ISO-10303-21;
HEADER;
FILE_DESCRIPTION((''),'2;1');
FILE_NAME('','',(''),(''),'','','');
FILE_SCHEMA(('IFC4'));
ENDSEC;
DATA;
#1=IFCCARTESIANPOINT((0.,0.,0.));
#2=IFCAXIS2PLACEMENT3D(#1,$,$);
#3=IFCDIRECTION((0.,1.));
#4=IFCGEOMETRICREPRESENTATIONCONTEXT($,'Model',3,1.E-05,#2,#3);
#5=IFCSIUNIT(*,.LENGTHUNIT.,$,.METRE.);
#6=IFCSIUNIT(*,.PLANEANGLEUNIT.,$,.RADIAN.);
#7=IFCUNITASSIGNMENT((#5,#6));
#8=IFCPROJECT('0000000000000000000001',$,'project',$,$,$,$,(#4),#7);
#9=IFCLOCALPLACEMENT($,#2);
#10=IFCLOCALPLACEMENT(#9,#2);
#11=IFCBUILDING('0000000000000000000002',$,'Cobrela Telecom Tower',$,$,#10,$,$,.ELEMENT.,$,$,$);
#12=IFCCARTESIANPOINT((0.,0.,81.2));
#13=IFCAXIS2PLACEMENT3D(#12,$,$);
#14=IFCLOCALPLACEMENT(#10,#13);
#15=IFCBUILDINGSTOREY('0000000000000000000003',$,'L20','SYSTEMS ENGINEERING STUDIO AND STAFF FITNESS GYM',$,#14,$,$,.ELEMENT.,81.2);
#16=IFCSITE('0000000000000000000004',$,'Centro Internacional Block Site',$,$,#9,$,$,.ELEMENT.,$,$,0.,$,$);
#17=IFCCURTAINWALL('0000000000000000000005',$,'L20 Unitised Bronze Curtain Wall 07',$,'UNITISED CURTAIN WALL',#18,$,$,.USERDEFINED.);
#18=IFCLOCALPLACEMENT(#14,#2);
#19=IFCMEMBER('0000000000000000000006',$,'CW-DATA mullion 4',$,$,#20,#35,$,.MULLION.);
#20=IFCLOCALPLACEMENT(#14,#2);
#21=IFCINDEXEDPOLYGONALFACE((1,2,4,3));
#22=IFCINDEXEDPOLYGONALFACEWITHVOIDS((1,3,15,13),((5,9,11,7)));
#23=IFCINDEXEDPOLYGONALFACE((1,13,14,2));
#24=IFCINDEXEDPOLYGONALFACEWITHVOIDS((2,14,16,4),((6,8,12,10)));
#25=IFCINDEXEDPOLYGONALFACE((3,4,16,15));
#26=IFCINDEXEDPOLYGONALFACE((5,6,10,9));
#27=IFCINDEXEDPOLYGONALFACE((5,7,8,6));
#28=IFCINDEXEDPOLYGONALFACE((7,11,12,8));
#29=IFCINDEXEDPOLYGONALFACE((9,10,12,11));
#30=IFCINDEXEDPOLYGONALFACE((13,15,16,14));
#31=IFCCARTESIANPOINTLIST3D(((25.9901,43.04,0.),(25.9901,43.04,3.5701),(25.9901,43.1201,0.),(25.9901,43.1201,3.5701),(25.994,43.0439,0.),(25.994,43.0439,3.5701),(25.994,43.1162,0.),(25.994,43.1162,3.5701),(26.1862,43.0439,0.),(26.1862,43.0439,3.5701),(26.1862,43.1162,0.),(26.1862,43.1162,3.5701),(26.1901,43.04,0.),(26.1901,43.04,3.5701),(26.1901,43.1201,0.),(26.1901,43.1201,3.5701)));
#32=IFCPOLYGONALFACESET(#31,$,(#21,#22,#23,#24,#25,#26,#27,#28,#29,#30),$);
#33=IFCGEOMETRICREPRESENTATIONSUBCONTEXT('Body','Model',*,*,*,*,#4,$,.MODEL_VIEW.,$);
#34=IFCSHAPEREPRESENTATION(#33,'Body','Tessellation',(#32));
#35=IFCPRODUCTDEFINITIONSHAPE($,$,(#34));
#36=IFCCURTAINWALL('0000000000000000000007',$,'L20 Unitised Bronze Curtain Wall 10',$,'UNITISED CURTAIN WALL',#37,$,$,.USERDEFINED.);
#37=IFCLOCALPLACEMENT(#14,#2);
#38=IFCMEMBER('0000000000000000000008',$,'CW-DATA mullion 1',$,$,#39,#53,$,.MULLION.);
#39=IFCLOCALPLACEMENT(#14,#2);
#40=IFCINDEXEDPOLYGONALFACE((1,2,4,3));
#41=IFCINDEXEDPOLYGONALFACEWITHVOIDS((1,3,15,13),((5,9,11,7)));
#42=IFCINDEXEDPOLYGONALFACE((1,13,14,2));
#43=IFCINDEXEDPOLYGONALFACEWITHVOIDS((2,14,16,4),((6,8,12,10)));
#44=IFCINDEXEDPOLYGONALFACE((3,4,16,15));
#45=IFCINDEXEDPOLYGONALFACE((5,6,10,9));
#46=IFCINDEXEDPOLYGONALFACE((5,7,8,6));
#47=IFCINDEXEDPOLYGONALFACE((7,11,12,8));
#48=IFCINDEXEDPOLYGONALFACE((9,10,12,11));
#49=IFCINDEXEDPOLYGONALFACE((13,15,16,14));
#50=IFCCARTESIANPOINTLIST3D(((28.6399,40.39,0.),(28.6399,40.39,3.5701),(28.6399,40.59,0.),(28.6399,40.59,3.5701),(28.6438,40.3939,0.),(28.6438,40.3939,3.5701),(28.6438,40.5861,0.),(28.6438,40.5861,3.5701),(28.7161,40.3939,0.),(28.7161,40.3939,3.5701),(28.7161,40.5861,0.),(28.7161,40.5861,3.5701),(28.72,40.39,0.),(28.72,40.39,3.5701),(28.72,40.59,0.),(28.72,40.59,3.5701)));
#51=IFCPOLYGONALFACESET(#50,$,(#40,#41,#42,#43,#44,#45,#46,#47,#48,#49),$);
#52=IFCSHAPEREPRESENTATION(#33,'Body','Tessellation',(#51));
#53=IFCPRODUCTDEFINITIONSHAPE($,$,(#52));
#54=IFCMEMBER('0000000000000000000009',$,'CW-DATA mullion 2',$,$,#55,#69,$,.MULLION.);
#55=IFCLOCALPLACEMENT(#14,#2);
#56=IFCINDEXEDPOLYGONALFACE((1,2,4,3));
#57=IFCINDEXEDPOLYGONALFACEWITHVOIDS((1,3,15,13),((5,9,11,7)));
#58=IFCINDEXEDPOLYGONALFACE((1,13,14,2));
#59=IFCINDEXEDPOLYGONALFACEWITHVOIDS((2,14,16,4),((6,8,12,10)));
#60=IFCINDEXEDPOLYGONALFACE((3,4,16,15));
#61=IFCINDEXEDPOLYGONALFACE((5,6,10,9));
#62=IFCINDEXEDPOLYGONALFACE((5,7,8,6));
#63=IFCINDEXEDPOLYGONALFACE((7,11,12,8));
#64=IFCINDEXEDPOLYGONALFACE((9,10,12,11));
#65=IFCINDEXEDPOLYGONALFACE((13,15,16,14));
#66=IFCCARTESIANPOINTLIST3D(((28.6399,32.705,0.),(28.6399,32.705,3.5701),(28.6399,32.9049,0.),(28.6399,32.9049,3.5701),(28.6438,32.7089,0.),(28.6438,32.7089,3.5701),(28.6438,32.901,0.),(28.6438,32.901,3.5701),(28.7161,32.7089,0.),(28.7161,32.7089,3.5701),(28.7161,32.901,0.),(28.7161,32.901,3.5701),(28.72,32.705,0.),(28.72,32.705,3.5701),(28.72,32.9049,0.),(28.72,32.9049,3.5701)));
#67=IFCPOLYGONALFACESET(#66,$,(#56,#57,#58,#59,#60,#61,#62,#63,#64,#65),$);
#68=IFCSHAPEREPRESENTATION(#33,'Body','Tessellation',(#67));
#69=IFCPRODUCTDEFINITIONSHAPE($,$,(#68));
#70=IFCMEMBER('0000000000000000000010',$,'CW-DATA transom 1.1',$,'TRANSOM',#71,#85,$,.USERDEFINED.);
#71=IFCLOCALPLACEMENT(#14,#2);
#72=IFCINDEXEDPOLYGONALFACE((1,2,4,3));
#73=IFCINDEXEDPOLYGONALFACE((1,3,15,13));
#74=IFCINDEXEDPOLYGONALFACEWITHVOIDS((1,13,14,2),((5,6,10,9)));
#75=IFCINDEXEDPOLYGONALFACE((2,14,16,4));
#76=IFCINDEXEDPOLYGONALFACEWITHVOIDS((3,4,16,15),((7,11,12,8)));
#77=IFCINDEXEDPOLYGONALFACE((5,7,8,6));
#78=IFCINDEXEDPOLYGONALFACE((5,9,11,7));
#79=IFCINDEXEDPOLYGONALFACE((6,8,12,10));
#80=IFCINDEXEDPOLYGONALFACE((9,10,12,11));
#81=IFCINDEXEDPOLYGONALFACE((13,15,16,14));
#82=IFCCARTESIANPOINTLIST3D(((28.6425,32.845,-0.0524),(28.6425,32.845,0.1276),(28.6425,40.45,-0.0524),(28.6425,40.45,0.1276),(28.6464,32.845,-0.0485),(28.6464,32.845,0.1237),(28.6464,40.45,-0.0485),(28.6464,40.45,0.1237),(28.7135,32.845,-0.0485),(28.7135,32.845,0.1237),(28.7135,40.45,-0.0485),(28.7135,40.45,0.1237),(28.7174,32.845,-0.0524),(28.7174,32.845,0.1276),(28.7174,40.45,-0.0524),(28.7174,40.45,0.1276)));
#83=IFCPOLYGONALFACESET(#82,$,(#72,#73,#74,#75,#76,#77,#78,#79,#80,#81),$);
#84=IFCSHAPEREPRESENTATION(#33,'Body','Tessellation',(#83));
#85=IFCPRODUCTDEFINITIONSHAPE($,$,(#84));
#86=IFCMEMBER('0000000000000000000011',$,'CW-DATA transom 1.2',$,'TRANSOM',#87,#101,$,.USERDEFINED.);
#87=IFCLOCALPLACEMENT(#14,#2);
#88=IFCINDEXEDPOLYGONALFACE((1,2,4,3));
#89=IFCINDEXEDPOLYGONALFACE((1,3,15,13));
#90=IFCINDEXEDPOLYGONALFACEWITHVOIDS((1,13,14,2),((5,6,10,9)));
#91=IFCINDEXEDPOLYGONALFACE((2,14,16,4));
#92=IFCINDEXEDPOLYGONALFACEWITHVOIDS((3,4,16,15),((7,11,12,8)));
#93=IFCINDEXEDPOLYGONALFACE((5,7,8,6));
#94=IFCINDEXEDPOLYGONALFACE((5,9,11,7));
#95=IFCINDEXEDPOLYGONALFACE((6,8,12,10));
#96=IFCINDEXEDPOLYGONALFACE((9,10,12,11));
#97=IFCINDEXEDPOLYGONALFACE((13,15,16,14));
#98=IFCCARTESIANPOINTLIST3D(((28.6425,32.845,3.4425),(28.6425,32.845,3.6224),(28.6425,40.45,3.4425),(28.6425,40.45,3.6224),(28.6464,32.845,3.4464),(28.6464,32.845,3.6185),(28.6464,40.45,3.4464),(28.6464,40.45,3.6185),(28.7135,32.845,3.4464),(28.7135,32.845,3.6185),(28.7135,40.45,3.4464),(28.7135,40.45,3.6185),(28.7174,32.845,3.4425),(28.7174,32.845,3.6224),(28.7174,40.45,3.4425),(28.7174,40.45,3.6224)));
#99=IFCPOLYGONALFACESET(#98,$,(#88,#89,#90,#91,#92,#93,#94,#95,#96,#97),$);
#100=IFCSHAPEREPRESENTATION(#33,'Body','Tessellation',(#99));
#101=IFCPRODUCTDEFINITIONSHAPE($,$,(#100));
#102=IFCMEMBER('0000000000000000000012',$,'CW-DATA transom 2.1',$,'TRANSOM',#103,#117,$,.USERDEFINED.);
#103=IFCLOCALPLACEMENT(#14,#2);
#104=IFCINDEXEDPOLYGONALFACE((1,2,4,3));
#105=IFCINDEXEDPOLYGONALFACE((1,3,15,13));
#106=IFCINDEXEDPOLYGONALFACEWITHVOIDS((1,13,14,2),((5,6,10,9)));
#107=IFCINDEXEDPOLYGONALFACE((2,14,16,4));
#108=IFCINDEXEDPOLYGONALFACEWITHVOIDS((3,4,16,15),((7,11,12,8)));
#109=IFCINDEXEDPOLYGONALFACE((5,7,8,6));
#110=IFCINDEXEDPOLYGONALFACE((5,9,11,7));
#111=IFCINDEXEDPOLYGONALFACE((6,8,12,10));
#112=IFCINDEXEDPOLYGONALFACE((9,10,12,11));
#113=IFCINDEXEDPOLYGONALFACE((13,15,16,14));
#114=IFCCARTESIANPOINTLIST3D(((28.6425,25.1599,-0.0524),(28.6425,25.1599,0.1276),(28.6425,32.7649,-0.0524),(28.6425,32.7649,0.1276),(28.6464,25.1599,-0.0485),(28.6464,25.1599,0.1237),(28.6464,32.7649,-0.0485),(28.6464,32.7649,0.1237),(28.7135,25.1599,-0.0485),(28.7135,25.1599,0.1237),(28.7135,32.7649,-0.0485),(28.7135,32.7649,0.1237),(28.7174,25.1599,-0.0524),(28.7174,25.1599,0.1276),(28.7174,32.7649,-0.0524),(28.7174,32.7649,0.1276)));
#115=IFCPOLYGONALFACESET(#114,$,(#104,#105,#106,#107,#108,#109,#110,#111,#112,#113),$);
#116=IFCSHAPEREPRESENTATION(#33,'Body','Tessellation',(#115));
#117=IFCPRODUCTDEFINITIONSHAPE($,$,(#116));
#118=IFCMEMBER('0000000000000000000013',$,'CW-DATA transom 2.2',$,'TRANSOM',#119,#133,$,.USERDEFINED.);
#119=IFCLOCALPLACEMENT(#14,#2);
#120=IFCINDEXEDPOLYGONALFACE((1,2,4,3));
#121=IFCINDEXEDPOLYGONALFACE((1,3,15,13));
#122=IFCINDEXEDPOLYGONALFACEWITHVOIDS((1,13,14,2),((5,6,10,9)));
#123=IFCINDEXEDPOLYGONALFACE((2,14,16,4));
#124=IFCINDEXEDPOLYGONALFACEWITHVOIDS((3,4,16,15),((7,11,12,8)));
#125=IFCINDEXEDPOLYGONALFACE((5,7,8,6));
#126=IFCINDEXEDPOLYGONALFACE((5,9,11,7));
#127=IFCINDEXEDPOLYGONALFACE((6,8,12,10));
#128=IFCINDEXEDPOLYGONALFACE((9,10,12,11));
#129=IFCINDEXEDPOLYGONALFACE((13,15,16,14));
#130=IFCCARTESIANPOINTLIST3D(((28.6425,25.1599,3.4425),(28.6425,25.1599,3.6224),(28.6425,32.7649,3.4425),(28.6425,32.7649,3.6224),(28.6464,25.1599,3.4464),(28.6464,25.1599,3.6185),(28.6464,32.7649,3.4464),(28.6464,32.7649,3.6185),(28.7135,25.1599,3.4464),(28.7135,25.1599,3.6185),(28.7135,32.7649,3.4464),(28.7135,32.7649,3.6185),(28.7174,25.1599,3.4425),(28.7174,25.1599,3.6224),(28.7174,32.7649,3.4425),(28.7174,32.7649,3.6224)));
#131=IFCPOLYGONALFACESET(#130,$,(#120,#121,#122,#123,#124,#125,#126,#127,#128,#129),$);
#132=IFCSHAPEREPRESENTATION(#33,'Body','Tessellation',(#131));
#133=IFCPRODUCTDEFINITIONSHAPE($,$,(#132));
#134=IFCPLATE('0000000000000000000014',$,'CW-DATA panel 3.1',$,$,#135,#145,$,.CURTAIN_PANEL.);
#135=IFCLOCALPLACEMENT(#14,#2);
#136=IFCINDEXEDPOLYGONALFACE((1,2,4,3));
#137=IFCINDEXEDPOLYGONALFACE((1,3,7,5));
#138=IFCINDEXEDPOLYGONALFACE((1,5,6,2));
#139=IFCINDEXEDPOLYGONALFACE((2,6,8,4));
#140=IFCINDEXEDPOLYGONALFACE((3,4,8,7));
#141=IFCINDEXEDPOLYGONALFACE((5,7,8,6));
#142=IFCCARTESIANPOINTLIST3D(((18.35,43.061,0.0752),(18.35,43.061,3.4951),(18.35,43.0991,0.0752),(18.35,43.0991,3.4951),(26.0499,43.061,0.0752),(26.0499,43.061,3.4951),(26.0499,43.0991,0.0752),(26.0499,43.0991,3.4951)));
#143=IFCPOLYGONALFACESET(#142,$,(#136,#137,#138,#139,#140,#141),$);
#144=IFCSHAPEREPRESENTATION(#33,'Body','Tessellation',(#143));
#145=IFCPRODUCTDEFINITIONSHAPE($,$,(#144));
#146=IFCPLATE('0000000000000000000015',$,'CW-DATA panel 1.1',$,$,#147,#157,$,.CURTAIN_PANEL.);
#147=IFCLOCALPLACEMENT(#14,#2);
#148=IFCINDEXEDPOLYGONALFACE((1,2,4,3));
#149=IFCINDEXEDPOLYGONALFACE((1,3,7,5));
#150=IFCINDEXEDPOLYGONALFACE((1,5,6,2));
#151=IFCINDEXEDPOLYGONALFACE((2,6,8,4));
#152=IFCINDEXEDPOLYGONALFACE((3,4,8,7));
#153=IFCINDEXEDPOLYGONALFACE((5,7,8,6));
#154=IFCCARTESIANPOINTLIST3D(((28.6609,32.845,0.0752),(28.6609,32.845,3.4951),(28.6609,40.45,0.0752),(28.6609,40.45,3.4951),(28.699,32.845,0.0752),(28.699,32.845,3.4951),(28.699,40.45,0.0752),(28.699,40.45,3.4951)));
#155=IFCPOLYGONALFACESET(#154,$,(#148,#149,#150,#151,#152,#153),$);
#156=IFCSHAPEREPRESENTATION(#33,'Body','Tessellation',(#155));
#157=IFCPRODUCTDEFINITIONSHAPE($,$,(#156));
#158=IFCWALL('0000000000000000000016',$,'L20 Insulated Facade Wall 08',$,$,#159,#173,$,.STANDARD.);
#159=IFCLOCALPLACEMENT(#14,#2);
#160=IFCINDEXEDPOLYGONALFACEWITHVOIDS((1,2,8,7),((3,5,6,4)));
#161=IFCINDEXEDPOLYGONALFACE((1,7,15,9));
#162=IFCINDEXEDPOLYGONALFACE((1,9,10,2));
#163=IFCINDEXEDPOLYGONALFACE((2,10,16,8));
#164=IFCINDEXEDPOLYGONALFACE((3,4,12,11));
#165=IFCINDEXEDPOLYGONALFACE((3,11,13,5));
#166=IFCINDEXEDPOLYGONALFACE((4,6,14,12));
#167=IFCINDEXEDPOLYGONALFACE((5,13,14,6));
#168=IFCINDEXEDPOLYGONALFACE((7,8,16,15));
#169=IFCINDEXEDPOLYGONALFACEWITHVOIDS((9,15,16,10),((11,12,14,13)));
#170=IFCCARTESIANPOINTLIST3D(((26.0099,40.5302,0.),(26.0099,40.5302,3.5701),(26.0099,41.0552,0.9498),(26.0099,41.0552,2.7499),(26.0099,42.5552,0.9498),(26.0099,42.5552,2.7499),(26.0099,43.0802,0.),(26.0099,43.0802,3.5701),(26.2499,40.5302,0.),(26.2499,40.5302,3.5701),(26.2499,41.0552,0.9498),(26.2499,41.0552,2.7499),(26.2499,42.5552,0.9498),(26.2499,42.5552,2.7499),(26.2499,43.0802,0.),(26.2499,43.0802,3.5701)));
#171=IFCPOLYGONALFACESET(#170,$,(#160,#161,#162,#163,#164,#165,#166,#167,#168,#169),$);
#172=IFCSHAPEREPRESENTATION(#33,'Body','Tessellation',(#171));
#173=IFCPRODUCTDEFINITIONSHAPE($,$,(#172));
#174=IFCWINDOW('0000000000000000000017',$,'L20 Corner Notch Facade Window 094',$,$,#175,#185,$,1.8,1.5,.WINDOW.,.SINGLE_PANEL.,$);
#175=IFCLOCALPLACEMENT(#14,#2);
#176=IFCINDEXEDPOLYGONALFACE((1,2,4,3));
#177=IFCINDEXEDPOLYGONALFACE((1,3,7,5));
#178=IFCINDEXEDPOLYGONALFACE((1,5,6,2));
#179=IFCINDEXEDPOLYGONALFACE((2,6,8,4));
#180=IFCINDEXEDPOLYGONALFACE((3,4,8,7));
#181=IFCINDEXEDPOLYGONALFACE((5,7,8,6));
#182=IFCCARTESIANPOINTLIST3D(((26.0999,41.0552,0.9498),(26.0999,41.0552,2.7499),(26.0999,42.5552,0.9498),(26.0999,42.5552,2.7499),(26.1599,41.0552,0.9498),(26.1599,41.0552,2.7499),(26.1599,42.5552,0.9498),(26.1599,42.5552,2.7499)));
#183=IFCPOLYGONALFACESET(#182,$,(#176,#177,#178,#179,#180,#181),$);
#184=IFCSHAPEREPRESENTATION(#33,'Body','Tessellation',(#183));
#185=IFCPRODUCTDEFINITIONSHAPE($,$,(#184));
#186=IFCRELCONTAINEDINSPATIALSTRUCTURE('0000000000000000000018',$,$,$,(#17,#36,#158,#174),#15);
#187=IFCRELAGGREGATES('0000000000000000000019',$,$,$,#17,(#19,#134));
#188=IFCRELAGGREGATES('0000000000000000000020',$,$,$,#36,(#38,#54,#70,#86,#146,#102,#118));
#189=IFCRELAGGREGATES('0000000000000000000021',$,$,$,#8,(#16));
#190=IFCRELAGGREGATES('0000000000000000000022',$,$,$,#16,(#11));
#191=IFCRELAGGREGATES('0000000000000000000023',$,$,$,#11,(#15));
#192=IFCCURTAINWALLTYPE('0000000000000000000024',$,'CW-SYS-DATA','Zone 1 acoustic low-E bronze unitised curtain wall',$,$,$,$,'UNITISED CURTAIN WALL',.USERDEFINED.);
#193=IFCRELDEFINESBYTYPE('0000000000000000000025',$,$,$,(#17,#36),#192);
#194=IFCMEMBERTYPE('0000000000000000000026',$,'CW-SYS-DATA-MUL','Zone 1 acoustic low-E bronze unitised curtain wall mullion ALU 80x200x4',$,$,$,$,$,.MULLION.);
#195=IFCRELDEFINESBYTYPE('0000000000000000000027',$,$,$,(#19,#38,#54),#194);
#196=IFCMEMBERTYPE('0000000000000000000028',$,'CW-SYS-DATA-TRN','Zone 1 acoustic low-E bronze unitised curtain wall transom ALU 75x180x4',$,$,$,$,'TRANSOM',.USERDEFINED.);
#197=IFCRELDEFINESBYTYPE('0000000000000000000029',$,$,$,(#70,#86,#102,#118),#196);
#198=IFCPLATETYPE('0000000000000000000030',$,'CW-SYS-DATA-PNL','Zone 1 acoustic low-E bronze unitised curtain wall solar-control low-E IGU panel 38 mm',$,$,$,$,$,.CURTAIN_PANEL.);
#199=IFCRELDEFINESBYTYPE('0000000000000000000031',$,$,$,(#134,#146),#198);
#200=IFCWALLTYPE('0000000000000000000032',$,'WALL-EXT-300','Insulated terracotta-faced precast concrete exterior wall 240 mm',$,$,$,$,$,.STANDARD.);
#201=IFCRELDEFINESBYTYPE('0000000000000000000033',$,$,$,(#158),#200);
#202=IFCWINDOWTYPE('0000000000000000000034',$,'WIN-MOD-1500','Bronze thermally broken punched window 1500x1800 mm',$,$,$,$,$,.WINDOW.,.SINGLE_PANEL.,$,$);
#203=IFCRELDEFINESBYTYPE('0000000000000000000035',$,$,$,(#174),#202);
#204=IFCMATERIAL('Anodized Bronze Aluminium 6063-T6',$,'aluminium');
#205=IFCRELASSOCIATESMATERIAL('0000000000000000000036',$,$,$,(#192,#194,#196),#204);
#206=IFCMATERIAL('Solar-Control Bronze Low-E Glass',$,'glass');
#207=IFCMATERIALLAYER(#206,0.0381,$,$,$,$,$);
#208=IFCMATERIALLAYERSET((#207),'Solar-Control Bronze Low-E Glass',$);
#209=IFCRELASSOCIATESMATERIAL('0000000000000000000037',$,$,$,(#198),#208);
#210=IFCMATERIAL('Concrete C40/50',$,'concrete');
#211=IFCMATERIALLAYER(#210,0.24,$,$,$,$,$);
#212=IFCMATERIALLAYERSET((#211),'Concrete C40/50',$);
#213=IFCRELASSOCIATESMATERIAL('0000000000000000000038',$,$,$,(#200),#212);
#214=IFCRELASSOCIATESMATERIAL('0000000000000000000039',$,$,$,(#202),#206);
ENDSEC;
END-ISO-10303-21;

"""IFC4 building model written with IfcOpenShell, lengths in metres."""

from ifc_helpers import new_model, si_unit, direction, frame, frame_2d, origin, origin_2d, place, context, subcontext, project, spatial, rectangle, hollow_rectangle, extrude, material, layer, layer_set, material_profile, profile_set, type_object, element, fill, aggregate, save


model = new_model("IFC4")

# Units and contexts
model_context = context("Model", 3, precision=1e-05, world=origin(), true_north=direction((0.0, 1.0)))
body_context = subcontext(model_context, "Body", "Model", "MODEL_VIEW")
ifc_project = project(units=[si_unit("LENGTHUNIT", "METRE"), si_unit("PLANEANGLEUNIT", "RADIAN")], contexts=[model_context])

# Site, building, storey
site_placement = place(None, origin())
site = spatial("IfcSite", under=ifc_project, at=site_placement, Name="Centro Internacional Block Site", CompositionType="ELEMENT", RefElevation=0.0)
building_placement = place(site_placement, origin())
building = spatial("IfcBuilding", under=site, at=building_placement, Name="Cobrela Telecom Tower", CompositionType="ELEMENT")
storey_placement = place(building_placement, frame((0.0, 0.0, 81.2)))
storey = spatial("IfcBuildingStorey", under=building, at=storey_placement, Name="L20", Description="SYSTEMS ENGINEERING STUDIO AND STAFF FITNESS GYM", CompositionType="ELEMENT", Elevation=81.2)

# Curtain wall, member
ifc_material_1 = material(Name="Anodized Bronze Aluminium 6063-T6", Category="aluminium")
curtain_wall_type = type_object("IfcCurtainWallType", Name="CW-SYS-DATA", Description="Zone 1 acoustic low-E bronze unitised curtain wall", ElementType="UNITISED CURTAIN WALL", PredefinedType="USERDEFINED", material=ifc_material_1)
curtain_wall_1_placement = place(storey_placement, origin())
curtain_wall_1 = element("IfcCurtainWall", 1, at=curtain_wall_1_placement, inside=storey, type_object=curtain_wall_type, Name="L20 Unitised Bronze Curtain Wall 07", ObjectType="UNITISED CURTAIN WALL", PredefinedType="USERDEFINED")
ifc_material_profile_1 = material_profile(ifc_material_1, hollow_rectangle(XDim=0.0801, YDim=0.2, WallThickness=0.0039, at=origin_2d()), Name="ALU 80x200x4")
ifc_profile_set_1 = profile_set([ifc_material_profile_1], Name="Anodized Bronze Aluminium 6063-T6")
member_type_1 = type_object("IfcMemberType", Name="CW-SYS-DATA-MUL", Description="Zone 1 acoustic low-E bronze unitised curtain wall mullion ALU 80x200x4", PredefinedType="MULLION", material=ifc_profile_set_1)
member_1_placement = place(storey_placement, frame((26.0901, 43.0801, 0.0), z_axis=(0.0, 0.0, 1.0), x_axis=(0.0, 1.0, 0.0)))
member_1 = element("IfcMember", 2, at=member_1_placement, type_object=member_type_1, Name="CW-DATA mullion 4", PredefinedType="MULLION", context=body_context, shape_type="SweptSolid", body=[
    extrude(hollow_rectangle(XDim=0.0801, YDim=0.2, WallThickness=0.0039, at=origin_2d()), origin(), (0.0, 0.0, 1.0), 3.5701),
])

# Curtain wall, members
curtain_wall_2_placement = place(storey_placement, origin())
curtain_wall_2 = element("IfcCurtainWall", 3, at=curtain_wall_2_placement, inside=storey, type_object=curtain_wall_type, Name="L20 Unitised Bronze Curtain Wall 10", ObjectType="UNITISED CURTAIN WALL", PredefinedType="USERDEFINED")
member_2_placement = place(storey_placement, frame((28.6799, 40.49, 0.0), z_axis=(0.0, 0.0, 1.0), x_axis=(1.0, 0.0, 0.0)))
member_2 = element("IfcMember", 4, at=member_2_placement, type_object=member_type_1, Name="CW-DATA mullion 1", PredefinedType="MULLION", context=body_context, shape_type="SweptSolid", body=[
    extrude(hollow_rectangle(XDim=0.0801, YDim=0.2, WallThickness=0.0039, at=origin_2d()), origin(), (0.0, 0.0, 1.0), 3.5701),
])
member_3_placement = place(storey_placement, frame((28.6799, 32.8049, 0.0), z_axis=(0.0, 0.0, 1.0), x_axis=(1.0, 0.0, 0.0)))
member_3 = element("IfcMember", 5, at=member_3_placement, type_object=member_type_1, Name="CW-DATA mullion 2", PredefinedType="MULLION", context=body_context, shape_type="SweptSolid", body=[
    extrude(hollow_rectangle(XDim=0.0801, YDim=0.2, WallThickness=0.0039, at=origin_2d()), origin(), (0.0, 0.0, 1.0), 3.5701),
])
ifc_material_profile_2 = material_profile(ifc_material_1, hollow_rectangle(XDim=0.075, YDim=0.1799, WallThickness=0.0039, at=origin_2d()), Name="ALU 75x180x4")
ifc_profile_set_2 = profile_set([ifc_material_profile_2], Name="Anodized Bronze Aluminium 6063-T6")
member_type_2 = type_object("IfcMemberType", Name="CW-SYS-DATA-TRN", Description="Zone 1 acoustic low-E bronze unitised curtain wall transom ALU 75x180x4", ElementType="TRANSOM", PredefinedType="USERDEFINED", material=ifc_profile_set_2)
member_4_placement = place(storey_placement, frame((28.6799, 40.45, 0.0376), z_axis=(0.0, -1.0, 0.0), x_axis=(1.0, 0.0, 0.0)))
member_4 = element("IfcMember", 6, at=member_4_placement, type_object=member_type_2, Name="CW-DATA transom 1.1", ObjectType="TRANSOM", PredefinedType="USERDEFINED", context=body_context, shape_type="SweptSolid", body=[
    extrude(hollow_rectangle(XDim=0.075, YDim=0.1799, WallThickness=0.0039, at=origin_2d()), origin(), (0.0, 0.0, 1.0), 7.605),
])
member_5_placement = place(storey_placement, frame((28.6799, 40.45, 3.5325), z_axis=(0.0, -1.0, 0.0), x_axis=(1.0, 0.0, 0.0)))
member_5 = element("IfcMember", 7, at=member_5_placement, type_object=member_type_2, Name="CW-DATA transom 1.2", ObjectType="TRANSOM", PredefinedType="USERDEFINED", context=body_context, shape_type="SweptSolid", body=[
    extrude(hollow_rectangle(XDim=0.075, YDim=0.1799, WallThickness=0.0039, at=origin_2d()), origin(), (0.0, 0.0, 1.0), 7.605),
])
member_6_placement = place(storey_placement, frame((28.6799, 32.7649, 0.0376), z_axis=(0.0, -1.0, 0.0), x_axis=(1.0, 0.0, 0.0)))
member_6 = element("IfcMember", 8, at=member_6_placement, type_object=member_type_2, Name="CW-DATA transom 2.1", ObjectType="TRANSOM", PredefinedType="USERDEFINED", context=body_context, shape_type="SweptSolid", body=[
    extrude(hollow_rectangle(XDim=0.075, YDim=0.1799, WallThickness=0.0039, at=origin_2d()), origin(), (0.0, 0.0, 1.0), 7.605),
])
member_7_placement = place(storey_placement, frame((28.6799, 32.7649, 3.5325), z_axis=(0.0, -1.0, 0.0), x_axis=(1.0, 0.0, 0.0)))
member_7 = element("IfcMember", 9, at=member_7_placement, type_object=member_type_2, Name="CW-DATA transom 2.2", ObjectType="TRANSOM", PredefinedType="USERDEFINED", context=body_context, shape_type="SweptSolid", body=[
    extrude(hollow_rectangle(XDim=0.075, YDim=0.1799, WallThickness=0.0039, at=origin_2d()), origin(), (0.0, 0.0, 1.0), 7.605),
])

# Plates
ifc_material_2 = material(Name="Solar-Control Bronze Low-E Glass", Category="glass")
ifc_layer_1 = layer(ifc_material_2, 0.0381)
ifc_layer_set_1 = layer_set([ifc_layer_1], Name="Solar-Control Bronze Low-E Glass")
plate_type = type_object("IfcPlateType", Name="CW-SYS-DATA-PNL", Description="Zone 1 acoustic low-E bronze unitised curtain wall solar-control low-E IGU panel 38 mm", PredefinedType="CURTAIN_PANEL", material=ifc_layer_set_1)
plate_1_placement = place(storey_placement, frame((22.2, 43.0801, 0.0752), z_axis=(0.0, 0.0, 1.0), x_axis=(1.0, 0.0, 0.0)))
plate_1 = element("IfcPlate", 10, at=plate_1_placement, type_object=plate_type, Name="CW-DATA panel 3.1", PredefinedType="CURTAIN_PANEL", context=body_context, shape_type="SweptSolid", body=[
    extrude(rectangle(XDim=7.7, YDim=0.0381, at=origin_2d()), origin(), (0.0, 0.0, 1.0), 3.4199),
])
aggregate(curtain_wall_1, [member_1, plate_1])
plate_2_placement = place(storey_placement, frame((28.6799, 36.6475, 0.0752), z_axis=(0.0, 0.0, 1.0), x_axis=(0.0, -1.0, 0.0)))
plate_2 = element("IfcPlate", 11, at=plate_2_placement, type_object=plate_type, Name="CW-DATA panel 1.1", PredefinedType="CURTAIN_PANEL", context=body_context, shape_type="SweptSolid", body=[
    extrude(rectangle(XDim=7.605, YDim=0.0381, at=origin_2d()), origin(), (0.0, 0.0, 1.0), 3.4199),
])
aggregate(curtain_wall_2, [member_2, member_3, member_4, member_5, plate_2, member_6, member_7])

# Wall, opening, window
ifc_material_3 = material(Name="Concrete C40/50", Category="concrete")
ifc_layer_2 = layer(ifc_material_3, 0.24)
ifc_layer_set_2 = layer_set([ifc_layer_2], Name="Concrete C40/50")
wall_type = type_object("IfcWallType", Name="WALL-EXT-300", Description="Insulated terracotta-faced precast concrete exterior wall 240 mm", PredefinedType="STANDARD", material=ifc_layer_set_2)
wall_1_placement = place(storey_placement, frame((26.1299, 43.0801, 0.0), z_axis=(0.0, 0.0, 1.0), x_axis=(0.0, -1.0, 0.0)))
wall_1 = element("IfcWall", 12, at=wall_1_placement, inside=storey, type_object=wall_type, Name="L20 Insulated Facade Wall 08", PredefinedType="STANDARD", context=body_context, shape_type="SweptSolid", body=[
    extrude(rectangle(XDim=2.55, YDim=0.24, at=frame_2d((1.2749, 0.0))), origin(), (0.0, 0.0, 1.0), 3.5701),
])
opening_1_placement = place(wall_1_placement, frame((0.5249, 0.0, 0.95)))
opening_1 = element("IfcOpeningElement", 13, at=opening_1_placement, cuts=wall_1, PredefinedType="OPENING", context=body_context, shape_type="SweptSolid", body=[
    extrude(rectangle(XDim=1.5, YDim=1.8, at=frame_2d((0.75, 0.8999))), frame((0.0, 0.1318, 0.0), z_axis=(0.0, -1.0, 0.0), x_axis=(1.0, 0.0, 0.0)), (0.0, 0.0, 1.0), 0.2639),
])
window_type_1 = type_object("IfcWindowType", Name="WIN-MOD-1500", Description="Bronze thermally broken punched window 1500x1800 mm", PartitioningType="SINGLE_PANEL", PredefinedType="WINDOW", material=ifc_material_2)
window_1_placement = place(opening_1_placement, origin())
window_1 = element("IfcWindow", 14, at=window_1_placement, inside=storey, type_object=window_type_1, Name="L20 Corner Notch Facade Window 094", OverallHeight=1.8, OverallWidth=1.5, PartitioningType="SINGLE_PANEL", PredefinedType="WINDOW", context=body_context, shape_type="SweptSolid", body=[
    extrude(rectangle(XDim=1.5, YDim=1.8, at=frame_2d((0.75, 0.8999))), frame((0.0, 0.03, 0.0), z_axis=(0.0, -1.0, 0.0), x_axis=(1.0, 0.0, 0.0)), (0.0, 0.0, 1.0), 0.0601),
])
fill(opening_1, window_1)

save(model, "model.ifc")
